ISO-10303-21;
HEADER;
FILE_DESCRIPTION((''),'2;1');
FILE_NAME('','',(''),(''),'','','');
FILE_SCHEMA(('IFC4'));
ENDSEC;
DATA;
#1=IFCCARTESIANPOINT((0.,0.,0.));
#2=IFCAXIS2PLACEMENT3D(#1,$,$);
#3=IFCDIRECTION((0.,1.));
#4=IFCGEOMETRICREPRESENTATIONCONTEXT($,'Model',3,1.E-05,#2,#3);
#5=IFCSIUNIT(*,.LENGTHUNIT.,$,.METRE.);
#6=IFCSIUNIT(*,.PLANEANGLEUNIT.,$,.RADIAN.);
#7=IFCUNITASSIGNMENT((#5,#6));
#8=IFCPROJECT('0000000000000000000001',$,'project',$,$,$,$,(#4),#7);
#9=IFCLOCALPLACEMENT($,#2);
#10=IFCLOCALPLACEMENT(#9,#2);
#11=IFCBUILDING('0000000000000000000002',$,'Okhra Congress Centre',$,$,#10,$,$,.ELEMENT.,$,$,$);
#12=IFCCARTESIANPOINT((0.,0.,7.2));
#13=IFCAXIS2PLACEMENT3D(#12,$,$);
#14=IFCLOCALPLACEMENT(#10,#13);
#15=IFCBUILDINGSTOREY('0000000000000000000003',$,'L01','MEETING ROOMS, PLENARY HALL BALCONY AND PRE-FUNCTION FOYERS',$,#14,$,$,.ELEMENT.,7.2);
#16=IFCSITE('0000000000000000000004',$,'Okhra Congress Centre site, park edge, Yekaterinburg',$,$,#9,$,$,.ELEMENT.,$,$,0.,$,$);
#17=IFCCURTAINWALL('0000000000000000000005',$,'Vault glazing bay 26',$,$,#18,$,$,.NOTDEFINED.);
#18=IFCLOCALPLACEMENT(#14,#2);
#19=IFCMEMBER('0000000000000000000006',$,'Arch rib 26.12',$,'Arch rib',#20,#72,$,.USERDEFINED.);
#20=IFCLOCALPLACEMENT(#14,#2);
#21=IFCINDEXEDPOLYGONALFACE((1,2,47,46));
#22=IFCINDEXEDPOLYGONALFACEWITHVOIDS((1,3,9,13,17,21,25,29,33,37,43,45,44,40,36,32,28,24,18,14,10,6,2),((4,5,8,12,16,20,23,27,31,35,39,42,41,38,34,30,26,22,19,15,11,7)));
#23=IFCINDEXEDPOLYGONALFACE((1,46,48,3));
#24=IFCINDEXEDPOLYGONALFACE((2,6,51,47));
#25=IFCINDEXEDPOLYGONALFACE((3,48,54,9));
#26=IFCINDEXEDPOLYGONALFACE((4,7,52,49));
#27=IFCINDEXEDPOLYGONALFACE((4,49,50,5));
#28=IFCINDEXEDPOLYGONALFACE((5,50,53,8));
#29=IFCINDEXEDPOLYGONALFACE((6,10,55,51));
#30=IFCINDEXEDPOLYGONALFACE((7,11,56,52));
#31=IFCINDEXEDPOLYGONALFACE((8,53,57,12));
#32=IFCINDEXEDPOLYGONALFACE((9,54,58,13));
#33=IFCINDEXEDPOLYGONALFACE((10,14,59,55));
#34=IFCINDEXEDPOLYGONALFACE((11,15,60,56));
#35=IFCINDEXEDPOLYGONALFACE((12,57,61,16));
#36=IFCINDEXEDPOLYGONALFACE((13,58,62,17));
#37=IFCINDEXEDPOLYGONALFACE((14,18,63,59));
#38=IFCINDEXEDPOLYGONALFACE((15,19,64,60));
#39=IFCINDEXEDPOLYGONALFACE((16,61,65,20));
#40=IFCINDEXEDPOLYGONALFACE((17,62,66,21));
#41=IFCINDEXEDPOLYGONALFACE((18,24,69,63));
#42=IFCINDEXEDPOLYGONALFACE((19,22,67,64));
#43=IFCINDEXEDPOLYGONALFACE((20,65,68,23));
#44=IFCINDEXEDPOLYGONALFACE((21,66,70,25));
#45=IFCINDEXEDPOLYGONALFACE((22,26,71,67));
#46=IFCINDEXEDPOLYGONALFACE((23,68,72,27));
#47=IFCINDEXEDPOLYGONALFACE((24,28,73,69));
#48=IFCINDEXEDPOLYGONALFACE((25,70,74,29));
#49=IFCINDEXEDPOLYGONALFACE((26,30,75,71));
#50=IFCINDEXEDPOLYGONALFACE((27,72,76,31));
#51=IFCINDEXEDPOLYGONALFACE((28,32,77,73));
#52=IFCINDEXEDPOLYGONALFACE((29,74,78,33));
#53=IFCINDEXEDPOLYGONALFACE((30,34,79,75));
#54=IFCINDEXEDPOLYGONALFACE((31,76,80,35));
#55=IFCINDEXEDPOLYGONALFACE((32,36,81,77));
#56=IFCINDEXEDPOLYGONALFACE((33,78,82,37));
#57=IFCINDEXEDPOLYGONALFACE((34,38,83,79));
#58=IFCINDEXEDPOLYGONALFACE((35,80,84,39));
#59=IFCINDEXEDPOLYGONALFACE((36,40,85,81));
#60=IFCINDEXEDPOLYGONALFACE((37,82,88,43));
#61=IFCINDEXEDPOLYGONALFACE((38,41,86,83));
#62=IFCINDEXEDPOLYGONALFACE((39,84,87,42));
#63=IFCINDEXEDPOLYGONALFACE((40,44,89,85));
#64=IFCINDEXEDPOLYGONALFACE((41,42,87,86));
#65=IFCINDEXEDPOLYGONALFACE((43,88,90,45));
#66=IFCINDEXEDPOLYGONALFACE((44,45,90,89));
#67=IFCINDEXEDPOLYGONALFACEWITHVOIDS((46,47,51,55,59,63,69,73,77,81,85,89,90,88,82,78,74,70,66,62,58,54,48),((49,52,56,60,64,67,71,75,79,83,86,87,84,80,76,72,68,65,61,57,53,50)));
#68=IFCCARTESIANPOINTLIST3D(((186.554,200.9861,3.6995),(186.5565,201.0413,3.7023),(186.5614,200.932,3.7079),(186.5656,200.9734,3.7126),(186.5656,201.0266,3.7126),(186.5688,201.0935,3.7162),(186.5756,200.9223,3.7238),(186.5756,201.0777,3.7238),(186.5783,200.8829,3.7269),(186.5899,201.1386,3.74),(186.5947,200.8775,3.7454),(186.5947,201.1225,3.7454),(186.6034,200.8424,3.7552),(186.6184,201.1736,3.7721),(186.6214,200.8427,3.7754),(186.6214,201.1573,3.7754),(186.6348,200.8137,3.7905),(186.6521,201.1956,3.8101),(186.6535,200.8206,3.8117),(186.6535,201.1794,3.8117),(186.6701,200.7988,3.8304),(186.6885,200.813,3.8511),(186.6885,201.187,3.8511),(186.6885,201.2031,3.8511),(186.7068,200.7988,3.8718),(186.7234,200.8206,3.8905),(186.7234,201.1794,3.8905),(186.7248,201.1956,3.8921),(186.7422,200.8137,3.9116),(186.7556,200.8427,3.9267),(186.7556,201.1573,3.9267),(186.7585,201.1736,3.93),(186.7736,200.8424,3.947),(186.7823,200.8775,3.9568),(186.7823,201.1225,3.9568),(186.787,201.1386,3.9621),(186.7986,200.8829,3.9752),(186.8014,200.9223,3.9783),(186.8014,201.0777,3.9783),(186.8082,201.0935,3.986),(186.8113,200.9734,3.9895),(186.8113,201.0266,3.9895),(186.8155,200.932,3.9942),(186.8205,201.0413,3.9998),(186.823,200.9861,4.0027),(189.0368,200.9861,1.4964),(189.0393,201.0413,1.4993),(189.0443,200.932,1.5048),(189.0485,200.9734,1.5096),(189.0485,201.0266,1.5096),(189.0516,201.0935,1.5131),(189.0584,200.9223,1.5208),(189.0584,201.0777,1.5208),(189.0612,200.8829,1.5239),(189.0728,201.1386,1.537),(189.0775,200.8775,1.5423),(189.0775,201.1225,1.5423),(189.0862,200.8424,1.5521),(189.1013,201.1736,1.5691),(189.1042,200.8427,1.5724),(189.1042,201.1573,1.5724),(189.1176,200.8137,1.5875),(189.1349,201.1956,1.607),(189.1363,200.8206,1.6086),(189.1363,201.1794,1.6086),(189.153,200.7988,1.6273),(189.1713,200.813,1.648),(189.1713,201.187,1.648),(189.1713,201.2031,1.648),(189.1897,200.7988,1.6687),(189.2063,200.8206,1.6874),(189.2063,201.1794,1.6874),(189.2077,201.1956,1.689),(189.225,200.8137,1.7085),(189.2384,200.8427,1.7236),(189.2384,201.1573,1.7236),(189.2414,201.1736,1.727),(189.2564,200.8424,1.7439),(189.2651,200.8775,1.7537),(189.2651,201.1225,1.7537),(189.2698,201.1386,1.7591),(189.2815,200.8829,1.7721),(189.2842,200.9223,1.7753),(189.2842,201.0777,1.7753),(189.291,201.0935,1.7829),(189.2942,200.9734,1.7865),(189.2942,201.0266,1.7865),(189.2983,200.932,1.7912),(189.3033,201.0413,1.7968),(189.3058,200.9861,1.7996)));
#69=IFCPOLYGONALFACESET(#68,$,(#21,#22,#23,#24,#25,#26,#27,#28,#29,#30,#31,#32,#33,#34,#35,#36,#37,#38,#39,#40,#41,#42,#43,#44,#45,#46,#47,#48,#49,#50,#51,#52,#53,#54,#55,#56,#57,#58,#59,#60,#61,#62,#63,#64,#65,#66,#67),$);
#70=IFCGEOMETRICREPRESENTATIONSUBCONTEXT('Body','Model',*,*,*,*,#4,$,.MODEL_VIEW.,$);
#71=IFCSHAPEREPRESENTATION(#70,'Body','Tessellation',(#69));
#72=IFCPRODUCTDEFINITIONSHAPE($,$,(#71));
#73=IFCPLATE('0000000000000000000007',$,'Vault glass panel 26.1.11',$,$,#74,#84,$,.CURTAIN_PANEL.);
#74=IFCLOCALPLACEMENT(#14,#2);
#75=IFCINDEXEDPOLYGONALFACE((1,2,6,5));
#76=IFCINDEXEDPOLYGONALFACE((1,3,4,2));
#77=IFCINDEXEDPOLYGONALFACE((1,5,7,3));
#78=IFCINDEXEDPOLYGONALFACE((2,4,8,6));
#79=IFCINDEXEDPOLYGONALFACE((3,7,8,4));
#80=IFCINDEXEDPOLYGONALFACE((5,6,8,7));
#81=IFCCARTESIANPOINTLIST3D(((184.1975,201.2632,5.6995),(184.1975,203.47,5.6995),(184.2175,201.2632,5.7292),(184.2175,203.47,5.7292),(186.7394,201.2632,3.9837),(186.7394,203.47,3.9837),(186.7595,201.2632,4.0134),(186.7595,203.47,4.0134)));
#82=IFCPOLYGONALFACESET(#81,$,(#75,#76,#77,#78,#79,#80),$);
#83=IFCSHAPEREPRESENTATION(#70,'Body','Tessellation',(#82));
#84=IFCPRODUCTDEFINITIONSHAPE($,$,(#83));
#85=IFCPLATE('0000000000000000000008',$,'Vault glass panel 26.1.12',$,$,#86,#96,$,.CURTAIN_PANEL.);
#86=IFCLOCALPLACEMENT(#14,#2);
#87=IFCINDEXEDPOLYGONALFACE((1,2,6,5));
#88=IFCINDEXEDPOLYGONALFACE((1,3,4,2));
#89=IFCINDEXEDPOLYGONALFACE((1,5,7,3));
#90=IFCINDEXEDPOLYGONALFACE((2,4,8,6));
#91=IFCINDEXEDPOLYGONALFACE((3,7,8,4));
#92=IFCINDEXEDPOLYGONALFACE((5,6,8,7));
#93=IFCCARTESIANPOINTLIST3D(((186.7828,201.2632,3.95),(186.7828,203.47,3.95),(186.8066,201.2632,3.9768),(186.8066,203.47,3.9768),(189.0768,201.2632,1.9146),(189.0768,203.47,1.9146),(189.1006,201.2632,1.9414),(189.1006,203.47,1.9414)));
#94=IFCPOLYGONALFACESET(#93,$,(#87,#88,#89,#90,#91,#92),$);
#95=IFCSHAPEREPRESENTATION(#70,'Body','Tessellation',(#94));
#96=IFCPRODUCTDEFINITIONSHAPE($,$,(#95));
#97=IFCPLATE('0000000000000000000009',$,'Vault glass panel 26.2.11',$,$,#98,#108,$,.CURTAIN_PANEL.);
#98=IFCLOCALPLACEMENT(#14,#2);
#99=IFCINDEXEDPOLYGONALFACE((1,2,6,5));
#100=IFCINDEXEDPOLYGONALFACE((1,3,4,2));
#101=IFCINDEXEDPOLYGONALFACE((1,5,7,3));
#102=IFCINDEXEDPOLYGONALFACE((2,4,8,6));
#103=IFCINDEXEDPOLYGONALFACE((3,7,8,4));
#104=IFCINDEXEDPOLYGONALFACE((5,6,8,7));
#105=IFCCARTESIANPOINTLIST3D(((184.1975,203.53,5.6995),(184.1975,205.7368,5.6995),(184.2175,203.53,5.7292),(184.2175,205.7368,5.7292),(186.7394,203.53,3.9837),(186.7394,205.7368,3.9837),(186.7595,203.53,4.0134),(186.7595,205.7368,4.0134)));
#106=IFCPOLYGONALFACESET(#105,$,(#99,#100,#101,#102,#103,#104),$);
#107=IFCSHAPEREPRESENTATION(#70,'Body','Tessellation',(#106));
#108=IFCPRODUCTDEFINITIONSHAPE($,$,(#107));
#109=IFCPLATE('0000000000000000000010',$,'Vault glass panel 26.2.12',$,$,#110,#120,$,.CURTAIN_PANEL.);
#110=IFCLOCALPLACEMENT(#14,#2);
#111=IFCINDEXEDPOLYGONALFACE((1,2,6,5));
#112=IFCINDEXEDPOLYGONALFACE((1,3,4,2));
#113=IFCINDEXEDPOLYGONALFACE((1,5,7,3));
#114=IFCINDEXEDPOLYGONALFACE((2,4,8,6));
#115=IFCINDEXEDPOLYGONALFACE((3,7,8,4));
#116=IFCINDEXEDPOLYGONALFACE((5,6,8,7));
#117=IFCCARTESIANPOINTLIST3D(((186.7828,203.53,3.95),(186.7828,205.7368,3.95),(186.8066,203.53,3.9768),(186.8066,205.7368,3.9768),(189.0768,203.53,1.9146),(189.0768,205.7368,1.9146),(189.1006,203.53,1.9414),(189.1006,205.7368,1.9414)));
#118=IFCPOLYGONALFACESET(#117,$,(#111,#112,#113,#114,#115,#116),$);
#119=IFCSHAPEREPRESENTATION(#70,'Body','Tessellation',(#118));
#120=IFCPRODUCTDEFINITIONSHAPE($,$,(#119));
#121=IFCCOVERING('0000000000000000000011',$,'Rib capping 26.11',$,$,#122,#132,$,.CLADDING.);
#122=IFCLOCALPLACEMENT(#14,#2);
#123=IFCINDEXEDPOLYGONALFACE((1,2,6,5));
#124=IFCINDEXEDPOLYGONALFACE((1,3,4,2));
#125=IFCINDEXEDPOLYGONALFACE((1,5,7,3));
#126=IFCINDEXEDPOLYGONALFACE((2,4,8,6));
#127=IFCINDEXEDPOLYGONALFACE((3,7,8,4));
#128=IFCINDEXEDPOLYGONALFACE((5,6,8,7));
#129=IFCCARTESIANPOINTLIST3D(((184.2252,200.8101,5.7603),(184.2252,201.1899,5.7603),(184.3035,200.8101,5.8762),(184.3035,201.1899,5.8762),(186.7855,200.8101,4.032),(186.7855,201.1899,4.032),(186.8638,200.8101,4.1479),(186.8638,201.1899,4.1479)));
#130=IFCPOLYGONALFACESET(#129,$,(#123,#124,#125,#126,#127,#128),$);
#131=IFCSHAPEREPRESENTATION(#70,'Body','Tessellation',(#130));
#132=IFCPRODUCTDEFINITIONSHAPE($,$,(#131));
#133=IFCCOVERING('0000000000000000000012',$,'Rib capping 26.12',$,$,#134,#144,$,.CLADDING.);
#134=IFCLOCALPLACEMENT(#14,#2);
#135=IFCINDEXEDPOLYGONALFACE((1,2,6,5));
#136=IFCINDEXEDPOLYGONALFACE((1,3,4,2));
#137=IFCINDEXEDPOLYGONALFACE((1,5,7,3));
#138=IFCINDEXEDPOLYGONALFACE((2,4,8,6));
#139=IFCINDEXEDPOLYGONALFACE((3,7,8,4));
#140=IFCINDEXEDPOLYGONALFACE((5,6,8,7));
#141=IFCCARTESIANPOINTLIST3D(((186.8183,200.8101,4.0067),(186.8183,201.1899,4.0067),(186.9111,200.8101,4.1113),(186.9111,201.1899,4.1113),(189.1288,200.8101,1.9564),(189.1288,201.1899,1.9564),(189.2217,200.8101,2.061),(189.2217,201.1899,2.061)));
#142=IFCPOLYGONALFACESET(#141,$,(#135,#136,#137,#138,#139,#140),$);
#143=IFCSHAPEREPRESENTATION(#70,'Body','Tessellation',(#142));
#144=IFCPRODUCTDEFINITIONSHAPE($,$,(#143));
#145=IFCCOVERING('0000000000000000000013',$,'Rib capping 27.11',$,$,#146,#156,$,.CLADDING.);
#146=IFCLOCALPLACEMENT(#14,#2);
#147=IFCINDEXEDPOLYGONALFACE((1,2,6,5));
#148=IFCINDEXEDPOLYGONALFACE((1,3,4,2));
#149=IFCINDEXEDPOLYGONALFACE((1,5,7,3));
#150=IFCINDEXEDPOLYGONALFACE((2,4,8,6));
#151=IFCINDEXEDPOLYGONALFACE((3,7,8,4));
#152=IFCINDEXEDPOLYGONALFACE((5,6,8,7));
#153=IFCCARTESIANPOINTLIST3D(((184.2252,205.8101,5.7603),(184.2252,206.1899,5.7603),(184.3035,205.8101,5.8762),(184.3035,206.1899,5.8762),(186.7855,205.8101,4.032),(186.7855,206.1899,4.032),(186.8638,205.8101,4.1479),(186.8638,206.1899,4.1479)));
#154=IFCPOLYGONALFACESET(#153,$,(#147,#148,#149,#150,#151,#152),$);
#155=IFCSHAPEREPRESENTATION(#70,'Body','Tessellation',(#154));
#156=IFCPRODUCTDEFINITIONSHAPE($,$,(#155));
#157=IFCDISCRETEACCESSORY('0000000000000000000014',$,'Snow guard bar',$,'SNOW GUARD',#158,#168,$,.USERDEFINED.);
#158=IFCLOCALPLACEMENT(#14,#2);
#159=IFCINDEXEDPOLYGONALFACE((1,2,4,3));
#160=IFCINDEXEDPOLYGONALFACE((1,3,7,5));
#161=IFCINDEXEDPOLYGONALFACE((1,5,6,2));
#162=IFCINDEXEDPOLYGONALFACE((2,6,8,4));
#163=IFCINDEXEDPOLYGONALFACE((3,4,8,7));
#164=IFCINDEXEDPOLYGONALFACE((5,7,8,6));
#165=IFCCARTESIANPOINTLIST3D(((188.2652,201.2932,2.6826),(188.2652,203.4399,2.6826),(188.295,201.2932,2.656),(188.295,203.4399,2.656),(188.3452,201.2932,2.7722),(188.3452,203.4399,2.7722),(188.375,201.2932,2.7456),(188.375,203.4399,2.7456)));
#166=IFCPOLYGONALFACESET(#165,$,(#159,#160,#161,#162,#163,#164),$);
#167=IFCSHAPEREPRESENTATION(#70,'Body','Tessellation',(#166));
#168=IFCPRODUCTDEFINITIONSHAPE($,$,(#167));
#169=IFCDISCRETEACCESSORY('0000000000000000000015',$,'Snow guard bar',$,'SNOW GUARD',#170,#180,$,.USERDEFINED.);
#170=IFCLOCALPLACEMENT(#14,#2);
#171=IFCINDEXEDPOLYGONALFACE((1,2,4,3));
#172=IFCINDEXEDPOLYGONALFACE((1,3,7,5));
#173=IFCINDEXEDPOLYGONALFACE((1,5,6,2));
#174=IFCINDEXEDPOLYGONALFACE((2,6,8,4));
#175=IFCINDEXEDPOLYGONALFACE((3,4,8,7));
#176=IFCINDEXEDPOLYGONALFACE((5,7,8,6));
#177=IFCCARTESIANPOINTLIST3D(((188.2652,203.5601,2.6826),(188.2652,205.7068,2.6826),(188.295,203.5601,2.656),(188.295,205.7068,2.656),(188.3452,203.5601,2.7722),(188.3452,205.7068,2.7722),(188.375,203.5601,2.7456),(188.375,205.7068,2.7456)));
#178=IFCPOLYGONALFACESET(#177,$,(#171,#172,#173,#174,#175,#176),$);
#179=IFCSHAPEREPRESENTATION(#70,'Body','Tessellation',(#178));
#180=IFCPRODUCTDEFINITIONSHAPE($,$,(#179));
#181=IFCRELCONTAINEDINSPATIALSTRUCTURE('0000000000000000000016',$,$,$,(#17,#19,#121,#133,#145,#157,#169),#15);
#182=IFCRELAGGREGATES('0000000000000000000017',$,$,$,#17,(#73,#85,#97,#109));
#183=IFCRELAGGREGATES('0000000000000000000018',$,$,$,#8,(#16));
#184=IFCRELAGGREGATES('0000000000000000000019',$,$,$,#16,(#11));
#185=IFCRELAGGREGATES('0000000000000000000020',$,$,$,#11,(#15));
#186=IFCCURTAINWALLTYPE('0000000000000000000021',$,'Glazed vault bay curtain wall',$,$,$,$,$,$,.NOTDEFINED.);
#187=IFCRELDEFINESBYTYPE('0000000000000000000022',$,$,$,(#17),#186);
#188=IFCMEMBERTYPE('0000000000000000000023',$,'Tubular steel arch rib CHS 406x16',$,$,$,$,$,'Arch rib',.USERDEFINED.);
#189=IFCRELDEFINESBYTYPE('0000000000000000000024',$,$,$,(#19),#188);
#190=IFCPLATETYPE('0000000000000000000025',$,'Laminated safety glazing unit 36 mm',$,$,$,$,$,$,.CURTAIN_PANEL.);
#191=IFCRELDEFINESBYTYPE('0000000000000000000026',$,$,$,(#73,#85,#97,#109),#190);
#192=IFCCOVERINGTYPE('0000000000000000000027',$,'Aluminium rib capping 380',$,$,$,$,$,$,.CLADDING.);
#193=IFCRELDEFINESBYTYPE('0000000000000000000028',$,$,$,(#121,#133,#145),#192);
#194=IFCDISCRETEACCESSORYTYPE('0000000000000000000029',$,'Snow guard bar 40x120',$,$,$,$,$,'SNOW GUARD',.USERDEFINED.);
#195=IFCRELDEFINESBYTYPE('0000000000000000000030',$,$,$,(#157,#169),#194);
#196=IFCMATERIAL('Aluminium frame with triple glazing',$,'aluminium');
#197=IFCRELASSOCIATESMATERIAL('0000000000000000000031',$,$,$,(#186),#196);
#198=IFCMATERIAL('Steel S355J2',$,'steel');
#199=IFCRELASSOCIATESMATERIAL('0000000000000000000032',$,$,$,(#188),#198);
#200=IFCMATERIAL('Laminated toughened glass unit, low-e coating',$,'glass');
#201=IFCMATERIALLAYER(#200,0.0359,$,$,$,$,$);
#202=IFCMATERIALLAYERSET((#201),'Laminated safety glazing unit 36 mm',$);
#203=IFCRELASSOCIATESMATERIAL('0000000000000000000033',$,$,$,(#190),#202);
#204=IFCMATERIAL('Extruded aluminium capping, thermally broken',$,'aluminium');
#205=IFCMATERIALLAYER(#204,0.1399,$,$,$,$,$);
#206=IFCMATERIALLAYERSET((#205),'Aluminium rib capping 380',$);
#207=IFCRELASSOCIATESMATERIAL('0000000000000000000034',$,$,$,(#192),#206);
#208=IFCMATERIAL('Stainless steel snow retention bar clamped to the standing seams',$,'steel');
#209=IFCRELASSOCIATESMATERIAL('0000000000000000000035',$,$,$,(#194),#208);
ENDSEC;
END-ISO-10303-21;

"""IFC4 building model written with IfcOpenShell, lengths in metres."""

from ifc_helpers import new_model, si_unit, direction, frame, origin, origin_2d, place, context, subcontext, project, spatial, polyline, hollow_circle, outline, extrude, material, layer, layer_set, material_profile, profile_set, type_object, element, aggregate, save


model = new_model("IFC4")

# Units and contexts
model_context = context("Model", 3, precision=1e-05, world=origin(), true_north=direction((0.0, 1.0)))
body_context = subcontext(model_context, "Body", "Model", "MODEL_VIEW")
ifc_project = project(units=[si_unit("LENGTHUNIT", "METRE"), si_unit("PLANEANGLEUNIT", "RADIAN")], contexts=[model_context])

# Site, building, storey
site_placement = place(None, origin())
site = spatial("IfcSite", under=ifc_project, at=site_placement, Name="Okhra Congress Centre site, park edge, Yekaterinburg", CompositionType="ELEMENT", RefElevation=0.0)
building_placement = place(site_placement, origin())
building = spatial("IfcBuilding", under=site, at=building_placement, Name="Okhra Congress Centre", CompositionType="ELEMENT")
storey_placement = place(building_placement, frame((0.0, 0.0, 7.2)))
storey = spatial("IfcBuildingStorey", under=building, at=storey_placement, Name="L01", Description="MEETING ROOMS, PLENARY HALL BALCONY AND PRE-FUNCTION FOYERS", CompositionType="ELEMENT", Elevation=7.2)

# Curtain wall
ifc_material_1 = material(Name="Aluminium frame with triple glazing", Category="aluminium")
curtain_wall_type = type_object("IfcCurtainWallType", Name="Glazed vault bay curtain wall", PredefinedType="NOTDEFINED", material=ifc_material_1)
curtain_wall_placement = place(storey_placement, origin())
curtain_wall = element("IfcCurtainWall", 1, at=curtain_wall_placement, inside=storey, type_object=curtain_wall_type, Name="Vault glazing bay 26", PredefinedType="NOTDEFINED")

# Member
ifc_material_2 = material(Name="Steel S355J2", Category="steel")
ifc_material_profile_1 = material_profile(ifc_material_2, hollow_circle(Radius=0.2031, WallThickness=0.0161, at=origin_2d()), Name="CHS 406.4x16")
ifc_profile_set_1 = profile_set([ifc_material_profile_1], Name="Steel S355J2")
member_type_1 = type_object("IfcMemberType", Name="Tubular steel arch rib CHS 406x16", ElementType="Arch rib", PredefinedType="USERDEFINED", material=ifc_profile_set_1)
member_1_placement = place(storey_placement, frame((186.6885, 201.0, 3.8511), z_axis=(0.747993, 0.0, -0.663706), x_axis=(0.0, 1.0, 0.0)))
element("IfcMember", 2, at=member_1_placement, inside=storey, type_object=member_type_1, Name="Arch rib 26.12", ObjectType="Arch rib", PredefinedType="USERDEFINED", context=body_context, shape_type="SweptSolid", body=[
    extrude(hollow_circle(Radius=0.2031, WallThickness=0.0161, at=origin_2d()), origin(), (0.0, 0.0, 1.0), 3.3193),
])

# Plates
ifc_material_3 = material(Name="Laminated toughened glass unit, low-e coating", Category="glass")
ifc_layer_1 = layer(ifc_material_3, 0.0359)
ifc_layer_set_1 = layer_set([ifc_layer_1], Name="Laminated safety glazing unit 36 mm")
plate_type = type_object("IfcPlateType", Name="Laminated safety glazing unit 36 mm", PredefinedType="CURTAIN_PANEL", material=ifc_layer_set_1)
plate_1_placement = place(storey_placement, frame((184.2175, 201.2632, 5.7292), z_axis=(0.559467, 0.0, 0.828852), x_axis=(0.828852, 0.0, -0.559467)))
plate_1 = element("IfcPlate", 3, at=plate_1_placement, type_object=plate_type, Name="Vault glass panel 26.1.11", PredefinedType="CURTAIN_PANEL", context=body_context, shape_type="SweptSolid", body=[
    extrude(outline(polyline([(0.0, 0.0), (3.0669, 0.0), (3.0669, 2.2068), (0.0, 2.2068), (0.0, 0.0)])), origin(), (0.0, 0.0, -1.0), 0.0359),
])
plate_2_placement = place(storey_placement, frame((186.8066, 201.2632, 3.9768), z_axis=(0.663697, 0.0, 0.748002), x_axis=(0.748002, 0.0, -0.663697)))
plate_2 = element("IfcPlate", 4, at=plate_2_placement, type_object=plate_type, Name="Vault glass panel 26.1.12", PredefinedType="CURTAIN_PANEL", context=body_context, shape_type="SweptSolid", body=[
    extrude(outline(polyline([(0.0, 0.0), (3.0668, 0.0), (3.0668, 2.2068), (0.0, 2.2068), (0.0, 0.0)])), origin(), (0.0, 0.0, -1.0), 0.0359),
])
plate_3_placement = place(storey_placement, frame((184.2175, 203.53, 5.7292), z_axis=(0.559467, 0.0, 0.828852), x_axis=(0.828852, 0.0, -0.559467)))
plate_3 = element("IfcPlate", 5, at=plate_3_placement, type_object=plate_type, Name="Vault glass panel 26.2.11", PredefinedType="CURTAIN_PANEL", context=body_context, shape_type="SweptSolid", body=[
    extrude(outline(polyline([(0.0, 0.0), (3.0669, 0.0), (3.0669, 2.2068), (0.0, 2.2068), (0.0, 0.0)])), origin(), (0.0, 0.0, -1.0), 0.0359),
])
plate_4_placement = place(storey_placement, frame((186.8066, 203.53, 3.9768), z_axis=(0.663697, 0.0, 0.748002), x_axis=(0.748002, 0.0, -0.663697)))
plate_4 = element("IfcPlate", 6, at=plate_4_placement, type_object=plate_type, Name="Vault glass panel 26.2.12", PredefinedType="CURTAIN_PANEL", context=body_context, shape_type="SweptSolid", body=[
    extrude(outline(polyline([(0.0, 0.0), (3.0668, 0.0), (3.0668, 2.2068), (0.0, 2.2068), (0.0, 0.0)])), origin(), (0.0, 0.0, -1.0), 0.0359),
])
aggregate(curtain_wall, [plate_1, plate_2, plate_3, plate_4])

# Coverings
ifc_material_4 = material(Name="Extruded aluminium capping, thermally broken", Category="aluminium")
ifc_layer_2 = layer(ifc_material_4, 0.1399)
ifc_layer_set_2 = layer_set([ifc_layer_2], Name="Aluminium rib capping 380")
covering_type = type_object("IfcCoveringType", Name="Aluminium rib capping 380", PredefinedType="CLADDING", material=ifc_layer_set_2)
covering_1_placement = place(storey_placement, frame((184.3035, 200.8101, 5.8762), z_axis=(0.559488, 0.0, 0.828839), x_axis=(0.828839, 0.0, -0.559488)))
element("IfcCovering", 7, at=covering_1_placement, inside=storey, type_object=covering_type, Name="Rib capping 26.11", PredefinedType="CLADDING", context=body_context, shape_type="SweptSolid", body=[
    extrude(outline(polyline([(0.0, 0.0), (3.089, 0.0), (3.089, 0.3799), (0.0, 0.3799), (0.0, 0.0)])), origin(), (0.0, 0.0, -1.0), 0.1399),
])
covering_2_placement = place(storey_placement, frame((186.9111, 200.8101, 4.1113), z_axis=(0.663726, 0.0, 0.747976), x_axis=(0.747976, 0.0, -0.663726)))
element("IfcCovering", 8, at=covering_2_placement, inside=storey, type_object=covering_type, Name="Rib capping 26.12", PredefinedType="CLADDING", context=body_context, shape_type="SweptSolid", body=[
    extrude(outline(polyline([(0.0, 0.0), (3.0891, 0.0), (3.0891, 0.3799), (0.0, 0.3799), (0.0, 0.0)])), origin(), (0.0, 0.0, -1.0), 0.1399),
])
covering_3_placement = place(storey_placement, frame((184.3035, 205.8101, 5.8762), z_axis=(0.559488, 0.0, 0.828839), x_axis=(0.828839, 0.0, -0.559488)))
element("IfcCovering", 9, at=covering_3_placement, inside=storey, type_object=covering_type, Name="Rib capping 27.11", PredefinedType="CLADDING", context=body_context, shape_type="SweptSolid", body=[
    extrude(outline(polyline([(0.0, 0.0), (3.089, 0.0), (3.089, 0.3799), (0.0, 0.3799), (0.0, 0.0)])), origin(), (0.0, 0.0, -1.0), 0.1399),
])

# Discrete accessories
ifc_material_5 = material(Name="Stainless steel snow retention bar clamped to the standing seams", Category="steel")
discrete_accessory_type = type_object("IfcDiscreteAccessoryType", Name="Snow guard bar 40x120", ElementType="SNOW GUARD", PredefinedType="USERDEFINED", material=ifc_material_5)
for number, where, z_axis, x_axis, name in (
    (10, (188.3452, 201.2932, 2.7722), (0.666259, 0.0, 0.745721), (0.745721, 0.0, -0.666259), "Snow guard bar"),
    (11, (188.3452, 203.5601, 2.7722), (0.666259, 0.0, 0.745721), (0.745721, 0.0, -0.666259), "Snow guard bar"),
):
    element("IfcDiscreteAccessory", number, at=place(storey_placement, frame(where, z_axis=z_axis, x_axis=x_axis)), inside=storey, type_object=discrete_accessory_type, Name=name, ObjectType="SNOW GUARD", PredefinedType="USERDEFINED", context=body_context, shape_type="SweptSolid", body=[
        extrude(outline(polyline([(0.0, 0.0), (0.0399, 0.0), (0.0399, 2.1467), (0.0, 2.1467), (0.0, 0.0)])), origin(), (0.0, 0.0, -1.0), 0.1201),
    ])

save(model, "model.ifc")
